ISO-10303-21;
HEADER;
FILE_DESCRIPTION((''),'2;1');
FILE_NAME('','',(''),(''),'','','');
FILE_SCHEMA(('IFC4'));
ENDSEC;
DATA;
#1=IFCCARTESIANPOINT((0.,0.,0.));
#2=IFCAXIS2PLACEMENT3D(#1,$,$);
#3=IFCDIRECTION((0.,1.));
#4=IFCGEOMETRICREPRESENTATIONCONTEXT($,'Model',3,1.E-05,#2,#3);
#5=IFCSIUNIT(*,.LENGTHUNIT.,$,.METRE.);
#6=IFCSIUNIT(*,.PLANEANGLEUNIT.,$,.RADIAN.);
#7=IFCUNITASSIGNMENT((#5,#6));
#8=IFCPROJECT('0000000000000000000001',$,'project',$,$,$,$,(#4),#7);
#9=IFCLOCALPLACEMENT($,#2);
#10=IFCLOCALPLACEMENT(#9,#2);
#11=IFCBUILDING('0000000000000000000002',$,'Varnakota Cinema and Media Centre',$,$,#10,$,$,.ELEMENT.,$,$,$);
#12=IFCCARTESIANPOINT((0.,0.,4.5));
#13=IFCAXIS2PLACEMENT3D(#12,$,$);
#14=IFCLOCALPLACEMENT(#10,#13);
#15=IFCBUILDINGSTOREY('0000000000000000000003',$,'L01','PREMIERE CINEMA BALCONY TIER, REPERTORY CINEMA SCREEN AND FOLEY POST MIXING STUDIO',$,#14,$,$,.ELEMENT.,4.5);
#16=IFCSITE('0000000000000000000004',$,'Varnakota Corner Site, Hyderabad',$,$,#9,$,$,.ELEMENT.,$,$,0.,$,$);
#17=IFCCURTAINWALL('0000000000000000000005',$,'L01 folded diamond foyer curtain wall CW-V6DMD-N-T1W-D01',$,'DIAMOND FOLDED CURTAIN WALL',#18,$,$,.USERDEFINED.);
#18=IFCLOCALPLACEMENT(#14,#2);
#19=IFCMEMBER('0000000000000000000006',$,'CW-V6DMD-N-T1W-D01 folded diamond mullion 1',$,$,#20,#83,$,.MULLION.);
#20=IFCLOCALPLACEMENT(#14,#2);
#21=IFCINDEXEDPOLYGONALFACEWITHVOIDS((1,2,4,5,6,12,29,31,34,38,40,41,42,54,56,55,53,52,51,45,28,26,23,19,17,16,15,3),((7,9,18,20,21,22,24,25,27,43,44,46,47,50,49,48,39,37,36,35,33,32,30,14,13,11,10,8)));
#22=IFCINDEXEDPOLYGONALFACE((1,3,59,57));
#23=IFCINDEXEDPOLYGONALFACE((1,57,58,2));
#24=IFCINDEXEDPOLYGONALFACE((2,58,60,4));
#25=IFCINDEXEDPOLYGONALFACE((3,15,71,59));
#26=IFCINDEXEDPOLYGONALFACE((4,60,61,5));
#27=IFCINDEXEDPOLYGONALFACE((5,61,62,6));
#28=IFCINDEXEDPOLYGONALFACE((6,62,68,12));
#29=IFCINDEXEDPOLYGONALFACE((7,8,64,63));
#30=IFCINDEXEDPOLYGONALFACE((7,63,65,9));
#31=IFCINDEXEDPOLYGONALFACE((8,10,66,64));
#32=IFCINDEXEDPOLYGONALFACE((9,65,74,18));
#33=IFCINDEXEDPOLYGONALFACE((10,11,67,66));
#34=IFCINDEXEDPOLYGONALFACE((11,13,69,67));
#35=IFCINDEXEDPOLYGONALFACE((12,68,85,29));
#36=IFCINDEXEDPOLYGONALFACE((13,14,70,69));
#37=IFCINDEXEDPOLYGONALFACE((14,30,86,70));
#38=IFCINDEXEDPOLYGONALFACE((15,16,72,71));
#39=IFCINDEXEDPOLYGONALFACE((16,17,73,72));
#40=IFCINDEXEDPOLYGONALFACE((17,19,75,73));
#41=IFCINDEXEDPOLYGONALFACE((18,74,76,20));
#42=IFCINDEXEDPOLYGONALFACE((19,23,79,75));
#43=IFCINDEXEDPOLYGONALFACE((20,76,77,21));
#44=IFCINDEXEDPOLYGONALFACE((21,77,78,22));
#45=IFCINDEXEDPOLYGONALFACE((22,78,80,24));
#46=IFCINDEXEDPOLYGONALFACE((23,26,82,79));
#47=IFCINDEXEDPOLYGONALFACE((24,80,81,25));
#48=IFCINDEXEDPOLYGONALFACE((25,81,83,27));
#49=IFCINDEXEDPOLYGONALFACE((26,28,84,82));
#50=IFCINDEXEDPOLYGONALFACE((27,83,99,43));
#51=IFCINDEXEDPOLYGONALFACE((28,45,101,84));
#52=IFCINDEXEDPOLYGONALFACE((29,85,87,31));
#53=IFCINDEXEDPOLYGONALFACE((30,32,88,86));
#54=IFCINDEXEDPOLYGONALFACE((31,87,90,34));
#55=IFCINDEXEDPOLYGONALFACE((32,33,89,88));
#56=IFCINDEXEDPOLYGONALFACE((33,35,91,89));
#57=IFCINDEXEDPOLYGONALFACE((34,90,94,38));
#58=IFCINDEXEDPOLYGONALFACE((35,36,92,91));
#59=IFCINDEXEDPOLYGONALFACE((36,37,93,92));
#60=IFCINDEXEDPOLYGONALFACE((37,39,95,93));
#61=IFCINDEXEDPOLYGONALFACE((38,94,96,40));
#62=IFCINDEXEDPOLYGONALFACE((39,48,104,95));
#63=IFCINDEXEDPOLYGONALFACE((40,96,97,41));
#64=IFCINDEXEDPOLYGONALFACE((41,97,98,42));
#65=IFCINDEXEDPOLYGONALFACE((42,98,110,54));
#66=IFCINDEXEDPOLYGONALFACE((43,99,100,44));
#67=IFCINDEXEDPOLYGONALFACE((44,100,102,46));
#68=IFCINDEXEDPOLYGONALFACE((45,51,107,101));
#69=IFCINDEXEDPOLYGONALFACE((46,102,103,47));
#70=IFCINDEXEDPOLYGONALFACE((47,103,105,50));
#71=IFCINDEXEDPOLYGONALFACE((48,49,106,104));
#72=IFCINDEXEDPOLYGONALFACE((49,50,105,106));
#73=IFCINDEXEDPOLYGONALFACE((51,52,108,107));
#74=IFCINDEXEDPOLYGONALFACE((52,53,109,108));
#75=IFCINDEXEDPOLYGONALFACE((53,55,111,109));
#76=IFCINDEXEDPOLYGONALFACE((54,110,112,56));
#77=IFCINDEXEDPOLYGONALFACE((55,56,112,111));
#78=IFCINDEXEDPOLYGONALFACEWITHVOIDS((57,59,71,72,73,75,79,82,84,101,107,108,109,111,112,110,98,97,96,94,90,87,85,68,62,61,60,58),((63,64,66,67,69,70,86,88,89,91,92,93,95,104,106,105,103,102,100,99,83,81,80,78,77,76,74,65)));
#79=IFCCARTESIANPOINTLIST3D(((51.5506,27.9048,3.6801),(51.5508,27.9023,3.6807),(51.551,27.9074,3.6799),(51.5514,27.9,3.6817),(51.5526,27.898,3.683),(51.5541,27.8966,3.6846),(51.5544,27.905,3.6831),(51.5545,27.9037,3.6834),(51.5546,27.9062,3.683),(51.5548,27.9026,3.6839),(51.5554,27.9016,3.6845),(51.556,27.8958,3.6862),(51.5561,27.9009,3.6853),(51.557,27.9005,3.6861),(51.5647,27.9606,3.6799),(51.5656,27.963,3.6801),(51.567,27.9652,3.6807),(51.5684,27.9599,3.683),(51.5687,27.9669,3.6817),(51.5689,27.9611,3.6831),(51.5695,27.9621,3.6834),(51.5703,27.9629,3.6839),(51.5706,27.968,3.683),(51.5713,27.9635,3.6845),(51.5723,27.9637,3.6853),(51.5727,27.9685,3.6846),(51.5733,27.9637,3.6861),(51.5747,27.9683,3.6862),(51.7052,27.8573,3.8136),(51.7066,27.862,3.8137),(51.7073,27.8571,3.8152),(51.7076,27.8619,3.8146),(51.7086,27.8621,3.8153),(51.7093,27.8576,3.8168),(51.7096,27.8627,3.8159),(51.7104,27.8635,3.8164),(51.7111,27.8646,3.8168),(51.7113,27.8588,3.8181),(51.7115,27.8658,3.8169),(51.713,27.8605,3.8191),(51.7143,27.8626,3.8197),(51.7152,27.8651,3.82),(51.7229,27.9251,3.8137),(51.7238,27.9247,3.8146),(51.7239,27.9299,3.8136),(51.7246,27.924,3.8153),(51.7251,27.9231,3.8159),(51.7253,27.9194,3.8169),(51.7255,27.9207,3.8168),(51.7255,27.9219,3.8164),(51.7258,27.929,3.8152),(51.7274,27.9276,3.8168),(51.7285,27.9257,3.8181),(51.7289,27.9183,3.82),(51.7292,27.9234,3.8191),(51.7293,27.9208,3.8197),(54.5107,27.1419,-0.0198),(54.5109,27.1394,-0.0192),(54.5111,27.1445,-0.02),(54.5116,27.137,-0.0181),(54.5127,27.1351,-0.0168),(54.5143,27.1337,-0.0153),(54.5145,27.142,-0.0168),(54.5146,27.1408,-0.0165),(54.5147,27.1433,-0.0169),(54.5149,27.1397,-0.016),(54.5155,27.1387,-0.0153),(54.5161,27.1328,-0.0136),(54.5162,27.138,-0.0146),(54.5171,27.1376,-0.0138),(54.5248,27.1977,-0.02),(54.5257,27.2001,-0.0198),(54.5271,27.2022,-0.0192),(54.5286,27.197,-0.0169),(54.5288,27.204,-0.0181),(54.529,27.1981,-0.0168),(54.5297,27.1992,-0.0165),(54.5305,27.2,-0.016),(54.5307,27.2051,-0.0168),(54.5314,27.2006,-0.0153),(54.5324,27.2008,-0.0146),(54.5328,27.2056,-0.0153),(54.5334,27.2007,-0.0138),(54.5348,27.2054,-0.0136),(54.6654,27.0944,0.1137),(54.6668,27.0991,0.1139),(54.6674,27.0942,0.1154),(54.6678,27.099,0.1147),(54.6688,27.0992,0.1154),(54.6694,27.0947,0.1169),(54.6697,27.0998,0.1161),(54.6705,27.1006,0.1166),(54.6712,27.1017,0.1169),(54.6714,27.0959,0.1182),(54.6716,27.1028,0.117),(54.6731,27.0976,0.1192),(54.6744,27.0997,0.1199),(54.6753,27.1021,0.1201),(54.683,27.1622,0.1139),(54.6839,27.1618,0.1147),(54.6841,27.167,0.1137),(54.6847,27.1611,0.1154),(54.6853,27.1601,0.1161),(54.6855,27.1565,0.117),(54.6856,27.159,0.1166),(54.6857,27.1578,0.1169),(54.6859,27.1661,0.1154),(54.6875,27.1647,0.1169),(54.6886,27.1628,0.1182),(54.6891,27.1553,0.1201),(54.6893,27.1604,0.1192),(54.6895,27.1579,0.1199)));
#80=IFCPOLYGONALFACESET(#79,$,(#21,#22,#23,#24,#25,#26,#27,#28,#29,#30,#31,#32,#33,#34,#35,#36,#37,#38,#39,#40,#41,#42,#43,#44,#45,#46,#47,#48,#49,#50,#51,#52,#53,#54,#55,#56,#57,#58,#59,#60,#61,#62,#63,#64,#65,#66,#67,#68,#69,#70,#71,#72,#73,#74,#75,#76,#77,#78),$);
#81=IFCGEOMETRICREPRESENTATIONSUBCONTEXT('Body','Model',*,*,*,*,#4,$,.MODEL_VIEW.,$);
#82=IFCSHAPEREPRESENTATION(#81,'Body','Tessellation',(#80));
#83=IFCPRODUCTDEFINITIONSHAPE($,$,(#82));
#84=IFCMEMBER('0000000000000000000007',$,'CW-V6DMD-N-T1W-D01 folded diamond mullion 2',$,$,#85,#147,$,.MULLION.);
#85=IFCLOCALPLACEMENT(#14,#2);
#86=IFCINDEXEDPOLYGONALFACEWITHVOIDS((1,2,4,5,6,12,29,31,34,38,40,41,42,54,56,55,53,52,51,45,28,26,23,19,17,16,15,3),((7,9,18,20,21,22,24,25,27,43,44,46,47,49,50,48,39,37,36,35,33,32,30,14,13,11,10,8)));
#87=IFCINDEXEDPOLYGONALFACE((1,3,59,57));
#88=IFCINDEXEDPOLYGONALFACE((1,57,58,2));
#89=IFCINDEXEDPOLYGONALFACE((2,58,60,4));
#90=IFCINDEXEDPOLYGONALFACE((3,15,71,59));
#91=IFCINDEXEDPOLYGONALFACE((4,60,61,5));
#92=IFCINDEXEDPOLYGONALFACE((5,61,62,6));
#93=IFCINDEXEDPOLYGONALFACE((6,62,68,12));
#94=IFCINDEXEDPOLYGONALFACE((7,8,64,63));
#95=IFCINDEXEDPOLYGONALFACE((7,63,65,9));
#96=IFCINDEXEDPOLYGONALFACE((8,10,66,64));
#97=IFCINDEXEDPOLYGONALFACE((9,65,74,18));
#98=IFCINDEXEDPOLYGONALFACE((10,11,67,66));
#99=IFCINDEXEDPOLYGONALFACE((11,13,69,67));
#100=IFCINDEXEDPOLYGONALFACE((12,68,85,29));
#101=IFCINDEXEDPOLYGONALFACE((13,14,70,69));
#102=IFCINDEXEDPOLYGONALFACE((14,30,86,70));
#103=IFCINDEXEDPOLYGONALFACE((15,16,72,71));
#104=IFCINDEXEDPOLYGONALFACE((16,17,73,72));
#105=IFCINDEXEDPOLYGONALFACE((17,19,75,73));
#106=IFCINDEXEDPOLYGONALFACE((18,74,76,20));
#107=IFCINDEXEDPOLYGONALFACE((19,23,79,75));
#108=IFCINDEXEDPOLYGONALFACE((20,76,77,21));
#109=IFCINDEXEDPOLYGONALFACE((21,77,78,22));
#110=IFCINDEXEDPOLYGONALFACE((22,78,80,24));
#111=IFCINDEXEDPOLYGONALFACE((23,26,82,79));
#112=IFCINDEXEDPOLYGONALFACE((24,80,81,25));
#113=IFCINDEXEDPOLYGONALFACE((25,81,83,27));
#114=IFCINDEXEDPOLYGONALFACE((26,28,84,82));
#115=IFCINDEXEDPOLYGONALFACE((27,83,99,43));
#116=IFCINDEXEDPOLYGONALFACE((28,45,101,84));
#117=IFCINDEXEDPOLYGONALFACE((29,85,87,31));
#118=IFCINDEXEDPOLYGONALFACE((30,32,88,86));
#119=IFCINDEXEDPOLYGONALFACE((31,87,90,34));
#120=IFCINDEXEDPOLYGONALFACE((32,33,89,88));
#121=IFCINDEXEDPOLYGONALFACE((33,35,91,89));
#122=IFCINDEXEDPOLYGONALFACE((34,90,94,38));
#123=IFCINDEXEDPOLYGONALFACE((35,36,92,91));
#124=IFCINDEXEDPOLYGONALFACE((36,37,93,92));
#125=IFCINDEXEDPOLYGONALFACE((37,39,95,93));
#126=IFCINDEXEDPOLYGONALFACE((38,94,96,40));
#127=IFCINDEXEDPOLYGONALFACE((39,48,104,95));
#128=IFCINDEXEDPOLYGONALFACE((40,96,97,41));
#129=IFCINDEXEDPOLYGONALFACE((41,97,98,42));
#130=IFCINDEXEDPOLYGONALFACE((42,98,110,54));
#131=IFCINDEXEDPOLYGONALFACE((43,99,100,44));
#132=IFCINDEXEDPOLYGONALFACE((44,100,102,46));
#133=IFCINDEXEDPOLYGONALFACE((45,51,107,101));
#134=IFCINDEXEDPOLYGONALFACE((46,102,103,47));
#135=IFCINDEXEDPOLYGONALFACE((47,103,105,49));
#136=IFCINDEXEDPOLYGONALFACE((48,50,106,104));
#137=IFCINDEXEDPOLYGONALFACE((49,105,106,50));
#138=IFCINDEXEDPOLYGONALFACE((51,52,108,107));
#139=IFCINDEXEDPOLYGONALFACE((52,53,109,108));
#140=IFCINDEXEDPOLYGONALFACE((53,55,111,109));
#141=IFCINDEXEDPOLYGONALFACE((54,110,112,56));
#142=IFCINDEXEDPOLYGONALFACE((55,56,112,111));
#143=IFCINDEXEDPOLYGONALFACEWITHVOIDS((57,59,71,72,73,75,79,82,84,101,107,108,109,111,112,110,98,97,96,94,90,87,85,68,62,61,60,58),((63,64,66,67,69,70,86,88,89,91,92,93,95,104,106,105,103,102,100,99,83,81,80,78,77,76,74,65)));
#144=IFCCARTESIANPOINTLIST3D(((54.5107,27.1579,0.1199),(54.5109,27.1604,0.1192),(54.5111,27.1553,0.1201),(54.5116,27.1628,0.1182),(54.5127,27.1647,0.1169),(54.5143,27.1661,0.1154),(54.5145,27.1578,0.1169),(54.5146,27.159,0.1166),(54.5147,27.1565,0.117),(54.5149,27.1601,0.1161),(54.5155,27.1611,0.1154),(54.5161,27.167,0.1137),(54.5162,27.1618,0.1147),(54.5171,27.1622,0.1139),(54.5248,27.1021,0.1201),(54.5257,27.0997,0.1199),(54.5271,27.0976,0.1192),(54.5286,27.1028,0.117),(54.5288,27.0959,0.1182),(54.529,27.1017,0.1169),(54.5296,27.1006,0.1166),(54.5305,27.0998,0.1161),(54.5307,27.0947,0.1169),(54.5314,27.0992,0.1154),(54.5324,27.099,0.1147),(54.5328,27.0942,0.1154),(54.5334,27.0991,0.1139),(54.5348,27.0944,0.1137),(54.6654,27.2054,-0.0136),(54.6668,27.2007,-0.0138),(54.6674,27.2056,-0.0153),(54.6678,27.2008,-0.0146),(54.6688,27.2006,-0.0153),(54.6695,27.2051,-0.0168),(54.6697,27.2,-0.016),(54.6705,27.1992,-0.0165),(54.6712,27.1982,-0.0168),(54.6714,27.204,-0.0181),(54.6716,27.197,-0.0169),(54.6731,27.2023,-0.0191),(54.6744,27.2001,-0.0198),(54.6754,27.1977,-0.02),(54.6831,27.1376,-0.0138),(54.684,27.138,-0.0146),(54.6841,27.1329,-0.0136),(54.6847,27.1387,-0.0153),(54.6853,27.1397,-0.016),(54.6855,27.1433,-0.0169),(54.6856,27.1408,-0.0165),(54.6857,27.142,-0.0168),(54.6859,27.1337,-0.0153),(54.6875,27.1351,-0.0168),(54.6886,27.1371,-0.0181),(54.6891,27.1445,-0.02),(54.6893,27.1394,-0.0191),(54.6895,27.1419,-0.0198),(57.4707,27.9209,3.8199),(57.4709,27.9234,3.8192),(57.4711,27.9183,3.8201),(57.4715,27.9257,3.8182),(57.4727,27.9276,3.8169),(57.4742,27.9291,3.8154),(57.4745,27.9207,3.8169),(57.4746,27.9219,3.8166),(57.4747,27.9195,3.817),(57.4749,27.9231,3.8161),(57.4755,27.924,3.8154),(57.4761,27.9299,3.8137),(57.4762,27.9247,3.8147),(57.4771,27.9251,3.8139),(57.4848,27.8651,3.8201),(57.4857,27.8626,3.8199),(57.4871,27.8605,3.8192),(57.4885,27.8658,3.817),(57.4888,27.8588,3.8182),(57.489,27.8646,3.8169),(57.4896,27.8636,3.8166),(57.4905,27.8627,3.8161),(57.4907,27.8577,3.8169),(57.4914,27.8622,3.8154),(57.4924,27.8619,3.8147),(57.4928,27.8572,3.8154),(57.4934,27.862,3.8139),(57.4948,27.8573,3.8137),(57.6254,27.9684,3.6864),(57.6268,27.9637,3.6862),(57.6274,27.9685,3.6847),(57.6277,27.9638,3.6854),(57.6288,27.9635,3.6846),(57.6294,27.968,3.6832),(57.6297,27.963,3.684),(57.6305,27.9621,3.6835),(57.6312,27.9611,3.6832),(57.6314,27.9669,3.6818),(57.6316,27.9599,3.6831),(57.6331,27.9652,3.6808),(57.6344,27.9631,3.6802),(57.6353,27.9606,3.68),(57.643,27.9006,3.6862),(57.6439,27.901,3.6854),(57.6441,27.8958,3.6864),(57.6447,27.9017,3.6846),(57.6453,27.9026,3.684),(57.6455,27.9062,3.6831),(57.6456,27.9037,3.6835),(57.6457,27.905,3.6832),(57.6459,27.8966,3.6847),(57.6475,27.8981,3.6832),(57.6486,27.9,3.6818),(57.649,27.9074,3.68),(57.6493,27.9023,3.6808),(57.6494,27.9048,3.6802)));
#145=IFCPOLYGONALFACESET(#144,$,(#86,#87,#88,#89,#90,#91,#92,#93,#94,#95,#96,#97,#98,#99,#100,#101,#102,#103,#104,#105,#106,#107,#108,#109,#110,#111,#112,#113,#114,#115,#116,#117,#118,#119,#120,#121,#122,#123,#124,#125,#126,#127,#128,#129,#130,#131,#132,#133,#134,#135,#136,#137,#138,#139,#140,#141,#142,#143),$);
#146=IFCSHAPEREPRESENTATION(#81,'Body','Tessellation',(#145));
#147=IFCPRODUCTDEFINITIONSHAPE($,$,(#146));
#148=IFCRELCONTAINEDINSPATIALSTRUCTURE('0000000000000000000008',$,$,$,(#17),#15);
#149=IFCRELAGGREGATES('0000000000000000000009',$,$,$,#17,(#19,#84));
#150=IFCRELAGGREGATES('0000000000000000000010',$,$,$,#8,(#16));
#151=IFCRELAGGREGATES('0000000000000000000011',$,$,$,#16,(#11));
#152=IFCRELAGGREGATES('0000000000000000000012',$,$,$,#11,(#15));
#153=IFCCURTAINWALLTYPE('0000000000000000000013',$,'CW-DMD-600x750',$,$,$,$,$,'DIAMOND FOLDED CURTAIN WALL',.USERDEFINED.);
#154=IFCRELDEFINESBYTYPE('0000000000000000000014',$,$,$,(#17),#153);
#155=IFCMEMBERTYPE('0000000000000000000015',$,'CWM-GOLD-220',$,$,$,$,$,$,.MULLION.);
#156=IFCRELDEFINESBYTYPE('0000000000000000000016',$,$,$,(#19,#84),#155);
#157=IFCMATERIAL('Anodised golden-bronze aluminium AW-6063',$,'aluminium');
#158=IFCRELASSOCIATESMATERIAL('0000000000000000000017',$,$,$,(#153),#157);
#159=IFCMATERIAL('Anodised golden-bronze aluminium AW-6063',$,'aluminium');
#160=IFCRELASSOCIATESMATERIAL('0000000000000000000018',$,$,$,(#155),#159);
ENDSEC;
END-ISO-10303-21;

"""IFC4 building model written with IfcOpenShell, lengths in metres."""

from ifc_helpers import new_model, si_unit, direction, frame, origin, origin_2d, place, context, subcontext, project, spatial, hollow_rectangle, extrude, material, material_profile, profile_set, type_object, element, aggregate, save


model = new_model("IFC4")

# Units and contexts
model_context = context("Model", 3, precision=1e-05, world=origin(), true_north=direction((0.0, 1.0)))
body_context = subcontext(model_context, "Body", "Model", "MODEL_VIEW")
ifc_project = project(units=[si_unit("LENGTHUNIT", "METRE"), si_unit("PLANEANGLEUNIT", "RADIAN")], contexts=[model_context])

# Site, building, storey
site_placement = place(None, origin())
site = spatial("IfcSite", under=ifc_project, at=site_placement, Name="Varnakota Corner Site, Hyderabad", CompositionType="ELEMENT", RefElevation=0.0)
building_placement = place(site_placement, origin())
building = spatial("IfcBuilding", under=site, at=building_placement, Name="Varnakota Cinema and Media Centre", CompositionType="ELEMENT")
storey_placement = place(building_placement, frame((0.0, 0.0, 4.5)))
storey = spatial("IfcBuildingStorey", under=building, at=storey_placement, Name="L01", Description="PREMIERE CINEMA BALCONY TIER, REPERTORY CINEMA SCREEN AND FOLEY POST MIXING STUDIO", CompositionType="ELEMENT", Elevation=4.5)

# Curtain wall, members
ifc_material_1 = material(Name="Anodised golden-bronze aluminium AW-6063", Category="aluminium")
curtain_wall_type = type_object("IfcCurtainWallType", Name="CW-DMD-600x750", ElementType="DIAMOND FOLDED CURTAIN WALL", PredefinedType="USERDEFINED", material=ifc_material_1)
curtain_wall_placement = place(storey_placement, origin())
curtain_wall = element("IfcCurtainWall", 1, at=curtain_wall_placement, inside=storey, type_object=curtain_wall_type, Name="L01 folded diamond foyer curtain wall CW-V6DMD-N-T1W-D01", ObjectType="DIAMOND FOLDED CURTAIN WALL", PredefinedType="USERDEFINED")
ifc_material_2 = material(Name="Anodised golden-bronze aluminium AW-6063", Category="aluminium")
ifc_material_profile_1 = material_profile(ifc_material_2, hollow_rectangle(XDim=0.075, YDim=0.22, WallThickness=0.0049, InnerFilletRadius=0.0049, OuterFilletRadius=0.01, at=origin_2d()), Name="AL-MULLION 220x75x5")
ifc_profile_set_1 = profile_set([ifc_material_profile_1], Name="Anodised golden-bronze aluminium AW-6063")
member_type_1 = type_object("IfcMemberType", Name="CWM-GOLD-220", PredefinedType="MULLION", material=ifc_profile_set_1)
member_1_placement = place(storey_placement, frame((54.6001, 27.1499, 0.05), z_axis=(-0.616783, 0.158965, 0.770915), x_axis=(-0.249576, -0.968355, 0.0)))
member_1 = element("IfcMember", 2, at=member_1_placement, type_object=member_type_1, Name="CW-V6DMD-N-T1W-D01 folded diamond mullion 1", PredefinedType="MULLION", context=body_context, shape_type="SweptSolid", body=[
    extrude(hollow_rectangle(XDim=0.075, YDim=0.22, WallThickness=0.0049, InnerFilletRadius=0.0049, OuterFilletRadius=0.01, at=origin_2d()), origin(), (0.0, 0.0, 1.0), 4.7993),
])
member_2_placement = place(storey_placement, frame((54.6001, 27.1499, 0.05), z_axis=(0.616751, 0.15897, 0.770939), x_axis=(-0.249595, 0.96835, 0.0)))
member_2 = element("IfcMember", 3, at=member_2_placement, type_object=member_type_1, Name="CW-V6DMD-N-T1W-D01 folded diamond mullion 2", PredefinedType="MULLION", context=body_context, shape_type="SweptSolid", body=[
    extrude(hollow_rectangle(XDim=0.075, YDim=0.22, WallThickness=0.0049, InnerFilletRadius=0.0049, OuterFilletRadius=0.01, at=origin_2d()), origin(), (0.0, 0.0, 1.0), 4.7993),
])

aggregate(curtain_wall, [member_1, member_2])

save(model, "model.ifc")
